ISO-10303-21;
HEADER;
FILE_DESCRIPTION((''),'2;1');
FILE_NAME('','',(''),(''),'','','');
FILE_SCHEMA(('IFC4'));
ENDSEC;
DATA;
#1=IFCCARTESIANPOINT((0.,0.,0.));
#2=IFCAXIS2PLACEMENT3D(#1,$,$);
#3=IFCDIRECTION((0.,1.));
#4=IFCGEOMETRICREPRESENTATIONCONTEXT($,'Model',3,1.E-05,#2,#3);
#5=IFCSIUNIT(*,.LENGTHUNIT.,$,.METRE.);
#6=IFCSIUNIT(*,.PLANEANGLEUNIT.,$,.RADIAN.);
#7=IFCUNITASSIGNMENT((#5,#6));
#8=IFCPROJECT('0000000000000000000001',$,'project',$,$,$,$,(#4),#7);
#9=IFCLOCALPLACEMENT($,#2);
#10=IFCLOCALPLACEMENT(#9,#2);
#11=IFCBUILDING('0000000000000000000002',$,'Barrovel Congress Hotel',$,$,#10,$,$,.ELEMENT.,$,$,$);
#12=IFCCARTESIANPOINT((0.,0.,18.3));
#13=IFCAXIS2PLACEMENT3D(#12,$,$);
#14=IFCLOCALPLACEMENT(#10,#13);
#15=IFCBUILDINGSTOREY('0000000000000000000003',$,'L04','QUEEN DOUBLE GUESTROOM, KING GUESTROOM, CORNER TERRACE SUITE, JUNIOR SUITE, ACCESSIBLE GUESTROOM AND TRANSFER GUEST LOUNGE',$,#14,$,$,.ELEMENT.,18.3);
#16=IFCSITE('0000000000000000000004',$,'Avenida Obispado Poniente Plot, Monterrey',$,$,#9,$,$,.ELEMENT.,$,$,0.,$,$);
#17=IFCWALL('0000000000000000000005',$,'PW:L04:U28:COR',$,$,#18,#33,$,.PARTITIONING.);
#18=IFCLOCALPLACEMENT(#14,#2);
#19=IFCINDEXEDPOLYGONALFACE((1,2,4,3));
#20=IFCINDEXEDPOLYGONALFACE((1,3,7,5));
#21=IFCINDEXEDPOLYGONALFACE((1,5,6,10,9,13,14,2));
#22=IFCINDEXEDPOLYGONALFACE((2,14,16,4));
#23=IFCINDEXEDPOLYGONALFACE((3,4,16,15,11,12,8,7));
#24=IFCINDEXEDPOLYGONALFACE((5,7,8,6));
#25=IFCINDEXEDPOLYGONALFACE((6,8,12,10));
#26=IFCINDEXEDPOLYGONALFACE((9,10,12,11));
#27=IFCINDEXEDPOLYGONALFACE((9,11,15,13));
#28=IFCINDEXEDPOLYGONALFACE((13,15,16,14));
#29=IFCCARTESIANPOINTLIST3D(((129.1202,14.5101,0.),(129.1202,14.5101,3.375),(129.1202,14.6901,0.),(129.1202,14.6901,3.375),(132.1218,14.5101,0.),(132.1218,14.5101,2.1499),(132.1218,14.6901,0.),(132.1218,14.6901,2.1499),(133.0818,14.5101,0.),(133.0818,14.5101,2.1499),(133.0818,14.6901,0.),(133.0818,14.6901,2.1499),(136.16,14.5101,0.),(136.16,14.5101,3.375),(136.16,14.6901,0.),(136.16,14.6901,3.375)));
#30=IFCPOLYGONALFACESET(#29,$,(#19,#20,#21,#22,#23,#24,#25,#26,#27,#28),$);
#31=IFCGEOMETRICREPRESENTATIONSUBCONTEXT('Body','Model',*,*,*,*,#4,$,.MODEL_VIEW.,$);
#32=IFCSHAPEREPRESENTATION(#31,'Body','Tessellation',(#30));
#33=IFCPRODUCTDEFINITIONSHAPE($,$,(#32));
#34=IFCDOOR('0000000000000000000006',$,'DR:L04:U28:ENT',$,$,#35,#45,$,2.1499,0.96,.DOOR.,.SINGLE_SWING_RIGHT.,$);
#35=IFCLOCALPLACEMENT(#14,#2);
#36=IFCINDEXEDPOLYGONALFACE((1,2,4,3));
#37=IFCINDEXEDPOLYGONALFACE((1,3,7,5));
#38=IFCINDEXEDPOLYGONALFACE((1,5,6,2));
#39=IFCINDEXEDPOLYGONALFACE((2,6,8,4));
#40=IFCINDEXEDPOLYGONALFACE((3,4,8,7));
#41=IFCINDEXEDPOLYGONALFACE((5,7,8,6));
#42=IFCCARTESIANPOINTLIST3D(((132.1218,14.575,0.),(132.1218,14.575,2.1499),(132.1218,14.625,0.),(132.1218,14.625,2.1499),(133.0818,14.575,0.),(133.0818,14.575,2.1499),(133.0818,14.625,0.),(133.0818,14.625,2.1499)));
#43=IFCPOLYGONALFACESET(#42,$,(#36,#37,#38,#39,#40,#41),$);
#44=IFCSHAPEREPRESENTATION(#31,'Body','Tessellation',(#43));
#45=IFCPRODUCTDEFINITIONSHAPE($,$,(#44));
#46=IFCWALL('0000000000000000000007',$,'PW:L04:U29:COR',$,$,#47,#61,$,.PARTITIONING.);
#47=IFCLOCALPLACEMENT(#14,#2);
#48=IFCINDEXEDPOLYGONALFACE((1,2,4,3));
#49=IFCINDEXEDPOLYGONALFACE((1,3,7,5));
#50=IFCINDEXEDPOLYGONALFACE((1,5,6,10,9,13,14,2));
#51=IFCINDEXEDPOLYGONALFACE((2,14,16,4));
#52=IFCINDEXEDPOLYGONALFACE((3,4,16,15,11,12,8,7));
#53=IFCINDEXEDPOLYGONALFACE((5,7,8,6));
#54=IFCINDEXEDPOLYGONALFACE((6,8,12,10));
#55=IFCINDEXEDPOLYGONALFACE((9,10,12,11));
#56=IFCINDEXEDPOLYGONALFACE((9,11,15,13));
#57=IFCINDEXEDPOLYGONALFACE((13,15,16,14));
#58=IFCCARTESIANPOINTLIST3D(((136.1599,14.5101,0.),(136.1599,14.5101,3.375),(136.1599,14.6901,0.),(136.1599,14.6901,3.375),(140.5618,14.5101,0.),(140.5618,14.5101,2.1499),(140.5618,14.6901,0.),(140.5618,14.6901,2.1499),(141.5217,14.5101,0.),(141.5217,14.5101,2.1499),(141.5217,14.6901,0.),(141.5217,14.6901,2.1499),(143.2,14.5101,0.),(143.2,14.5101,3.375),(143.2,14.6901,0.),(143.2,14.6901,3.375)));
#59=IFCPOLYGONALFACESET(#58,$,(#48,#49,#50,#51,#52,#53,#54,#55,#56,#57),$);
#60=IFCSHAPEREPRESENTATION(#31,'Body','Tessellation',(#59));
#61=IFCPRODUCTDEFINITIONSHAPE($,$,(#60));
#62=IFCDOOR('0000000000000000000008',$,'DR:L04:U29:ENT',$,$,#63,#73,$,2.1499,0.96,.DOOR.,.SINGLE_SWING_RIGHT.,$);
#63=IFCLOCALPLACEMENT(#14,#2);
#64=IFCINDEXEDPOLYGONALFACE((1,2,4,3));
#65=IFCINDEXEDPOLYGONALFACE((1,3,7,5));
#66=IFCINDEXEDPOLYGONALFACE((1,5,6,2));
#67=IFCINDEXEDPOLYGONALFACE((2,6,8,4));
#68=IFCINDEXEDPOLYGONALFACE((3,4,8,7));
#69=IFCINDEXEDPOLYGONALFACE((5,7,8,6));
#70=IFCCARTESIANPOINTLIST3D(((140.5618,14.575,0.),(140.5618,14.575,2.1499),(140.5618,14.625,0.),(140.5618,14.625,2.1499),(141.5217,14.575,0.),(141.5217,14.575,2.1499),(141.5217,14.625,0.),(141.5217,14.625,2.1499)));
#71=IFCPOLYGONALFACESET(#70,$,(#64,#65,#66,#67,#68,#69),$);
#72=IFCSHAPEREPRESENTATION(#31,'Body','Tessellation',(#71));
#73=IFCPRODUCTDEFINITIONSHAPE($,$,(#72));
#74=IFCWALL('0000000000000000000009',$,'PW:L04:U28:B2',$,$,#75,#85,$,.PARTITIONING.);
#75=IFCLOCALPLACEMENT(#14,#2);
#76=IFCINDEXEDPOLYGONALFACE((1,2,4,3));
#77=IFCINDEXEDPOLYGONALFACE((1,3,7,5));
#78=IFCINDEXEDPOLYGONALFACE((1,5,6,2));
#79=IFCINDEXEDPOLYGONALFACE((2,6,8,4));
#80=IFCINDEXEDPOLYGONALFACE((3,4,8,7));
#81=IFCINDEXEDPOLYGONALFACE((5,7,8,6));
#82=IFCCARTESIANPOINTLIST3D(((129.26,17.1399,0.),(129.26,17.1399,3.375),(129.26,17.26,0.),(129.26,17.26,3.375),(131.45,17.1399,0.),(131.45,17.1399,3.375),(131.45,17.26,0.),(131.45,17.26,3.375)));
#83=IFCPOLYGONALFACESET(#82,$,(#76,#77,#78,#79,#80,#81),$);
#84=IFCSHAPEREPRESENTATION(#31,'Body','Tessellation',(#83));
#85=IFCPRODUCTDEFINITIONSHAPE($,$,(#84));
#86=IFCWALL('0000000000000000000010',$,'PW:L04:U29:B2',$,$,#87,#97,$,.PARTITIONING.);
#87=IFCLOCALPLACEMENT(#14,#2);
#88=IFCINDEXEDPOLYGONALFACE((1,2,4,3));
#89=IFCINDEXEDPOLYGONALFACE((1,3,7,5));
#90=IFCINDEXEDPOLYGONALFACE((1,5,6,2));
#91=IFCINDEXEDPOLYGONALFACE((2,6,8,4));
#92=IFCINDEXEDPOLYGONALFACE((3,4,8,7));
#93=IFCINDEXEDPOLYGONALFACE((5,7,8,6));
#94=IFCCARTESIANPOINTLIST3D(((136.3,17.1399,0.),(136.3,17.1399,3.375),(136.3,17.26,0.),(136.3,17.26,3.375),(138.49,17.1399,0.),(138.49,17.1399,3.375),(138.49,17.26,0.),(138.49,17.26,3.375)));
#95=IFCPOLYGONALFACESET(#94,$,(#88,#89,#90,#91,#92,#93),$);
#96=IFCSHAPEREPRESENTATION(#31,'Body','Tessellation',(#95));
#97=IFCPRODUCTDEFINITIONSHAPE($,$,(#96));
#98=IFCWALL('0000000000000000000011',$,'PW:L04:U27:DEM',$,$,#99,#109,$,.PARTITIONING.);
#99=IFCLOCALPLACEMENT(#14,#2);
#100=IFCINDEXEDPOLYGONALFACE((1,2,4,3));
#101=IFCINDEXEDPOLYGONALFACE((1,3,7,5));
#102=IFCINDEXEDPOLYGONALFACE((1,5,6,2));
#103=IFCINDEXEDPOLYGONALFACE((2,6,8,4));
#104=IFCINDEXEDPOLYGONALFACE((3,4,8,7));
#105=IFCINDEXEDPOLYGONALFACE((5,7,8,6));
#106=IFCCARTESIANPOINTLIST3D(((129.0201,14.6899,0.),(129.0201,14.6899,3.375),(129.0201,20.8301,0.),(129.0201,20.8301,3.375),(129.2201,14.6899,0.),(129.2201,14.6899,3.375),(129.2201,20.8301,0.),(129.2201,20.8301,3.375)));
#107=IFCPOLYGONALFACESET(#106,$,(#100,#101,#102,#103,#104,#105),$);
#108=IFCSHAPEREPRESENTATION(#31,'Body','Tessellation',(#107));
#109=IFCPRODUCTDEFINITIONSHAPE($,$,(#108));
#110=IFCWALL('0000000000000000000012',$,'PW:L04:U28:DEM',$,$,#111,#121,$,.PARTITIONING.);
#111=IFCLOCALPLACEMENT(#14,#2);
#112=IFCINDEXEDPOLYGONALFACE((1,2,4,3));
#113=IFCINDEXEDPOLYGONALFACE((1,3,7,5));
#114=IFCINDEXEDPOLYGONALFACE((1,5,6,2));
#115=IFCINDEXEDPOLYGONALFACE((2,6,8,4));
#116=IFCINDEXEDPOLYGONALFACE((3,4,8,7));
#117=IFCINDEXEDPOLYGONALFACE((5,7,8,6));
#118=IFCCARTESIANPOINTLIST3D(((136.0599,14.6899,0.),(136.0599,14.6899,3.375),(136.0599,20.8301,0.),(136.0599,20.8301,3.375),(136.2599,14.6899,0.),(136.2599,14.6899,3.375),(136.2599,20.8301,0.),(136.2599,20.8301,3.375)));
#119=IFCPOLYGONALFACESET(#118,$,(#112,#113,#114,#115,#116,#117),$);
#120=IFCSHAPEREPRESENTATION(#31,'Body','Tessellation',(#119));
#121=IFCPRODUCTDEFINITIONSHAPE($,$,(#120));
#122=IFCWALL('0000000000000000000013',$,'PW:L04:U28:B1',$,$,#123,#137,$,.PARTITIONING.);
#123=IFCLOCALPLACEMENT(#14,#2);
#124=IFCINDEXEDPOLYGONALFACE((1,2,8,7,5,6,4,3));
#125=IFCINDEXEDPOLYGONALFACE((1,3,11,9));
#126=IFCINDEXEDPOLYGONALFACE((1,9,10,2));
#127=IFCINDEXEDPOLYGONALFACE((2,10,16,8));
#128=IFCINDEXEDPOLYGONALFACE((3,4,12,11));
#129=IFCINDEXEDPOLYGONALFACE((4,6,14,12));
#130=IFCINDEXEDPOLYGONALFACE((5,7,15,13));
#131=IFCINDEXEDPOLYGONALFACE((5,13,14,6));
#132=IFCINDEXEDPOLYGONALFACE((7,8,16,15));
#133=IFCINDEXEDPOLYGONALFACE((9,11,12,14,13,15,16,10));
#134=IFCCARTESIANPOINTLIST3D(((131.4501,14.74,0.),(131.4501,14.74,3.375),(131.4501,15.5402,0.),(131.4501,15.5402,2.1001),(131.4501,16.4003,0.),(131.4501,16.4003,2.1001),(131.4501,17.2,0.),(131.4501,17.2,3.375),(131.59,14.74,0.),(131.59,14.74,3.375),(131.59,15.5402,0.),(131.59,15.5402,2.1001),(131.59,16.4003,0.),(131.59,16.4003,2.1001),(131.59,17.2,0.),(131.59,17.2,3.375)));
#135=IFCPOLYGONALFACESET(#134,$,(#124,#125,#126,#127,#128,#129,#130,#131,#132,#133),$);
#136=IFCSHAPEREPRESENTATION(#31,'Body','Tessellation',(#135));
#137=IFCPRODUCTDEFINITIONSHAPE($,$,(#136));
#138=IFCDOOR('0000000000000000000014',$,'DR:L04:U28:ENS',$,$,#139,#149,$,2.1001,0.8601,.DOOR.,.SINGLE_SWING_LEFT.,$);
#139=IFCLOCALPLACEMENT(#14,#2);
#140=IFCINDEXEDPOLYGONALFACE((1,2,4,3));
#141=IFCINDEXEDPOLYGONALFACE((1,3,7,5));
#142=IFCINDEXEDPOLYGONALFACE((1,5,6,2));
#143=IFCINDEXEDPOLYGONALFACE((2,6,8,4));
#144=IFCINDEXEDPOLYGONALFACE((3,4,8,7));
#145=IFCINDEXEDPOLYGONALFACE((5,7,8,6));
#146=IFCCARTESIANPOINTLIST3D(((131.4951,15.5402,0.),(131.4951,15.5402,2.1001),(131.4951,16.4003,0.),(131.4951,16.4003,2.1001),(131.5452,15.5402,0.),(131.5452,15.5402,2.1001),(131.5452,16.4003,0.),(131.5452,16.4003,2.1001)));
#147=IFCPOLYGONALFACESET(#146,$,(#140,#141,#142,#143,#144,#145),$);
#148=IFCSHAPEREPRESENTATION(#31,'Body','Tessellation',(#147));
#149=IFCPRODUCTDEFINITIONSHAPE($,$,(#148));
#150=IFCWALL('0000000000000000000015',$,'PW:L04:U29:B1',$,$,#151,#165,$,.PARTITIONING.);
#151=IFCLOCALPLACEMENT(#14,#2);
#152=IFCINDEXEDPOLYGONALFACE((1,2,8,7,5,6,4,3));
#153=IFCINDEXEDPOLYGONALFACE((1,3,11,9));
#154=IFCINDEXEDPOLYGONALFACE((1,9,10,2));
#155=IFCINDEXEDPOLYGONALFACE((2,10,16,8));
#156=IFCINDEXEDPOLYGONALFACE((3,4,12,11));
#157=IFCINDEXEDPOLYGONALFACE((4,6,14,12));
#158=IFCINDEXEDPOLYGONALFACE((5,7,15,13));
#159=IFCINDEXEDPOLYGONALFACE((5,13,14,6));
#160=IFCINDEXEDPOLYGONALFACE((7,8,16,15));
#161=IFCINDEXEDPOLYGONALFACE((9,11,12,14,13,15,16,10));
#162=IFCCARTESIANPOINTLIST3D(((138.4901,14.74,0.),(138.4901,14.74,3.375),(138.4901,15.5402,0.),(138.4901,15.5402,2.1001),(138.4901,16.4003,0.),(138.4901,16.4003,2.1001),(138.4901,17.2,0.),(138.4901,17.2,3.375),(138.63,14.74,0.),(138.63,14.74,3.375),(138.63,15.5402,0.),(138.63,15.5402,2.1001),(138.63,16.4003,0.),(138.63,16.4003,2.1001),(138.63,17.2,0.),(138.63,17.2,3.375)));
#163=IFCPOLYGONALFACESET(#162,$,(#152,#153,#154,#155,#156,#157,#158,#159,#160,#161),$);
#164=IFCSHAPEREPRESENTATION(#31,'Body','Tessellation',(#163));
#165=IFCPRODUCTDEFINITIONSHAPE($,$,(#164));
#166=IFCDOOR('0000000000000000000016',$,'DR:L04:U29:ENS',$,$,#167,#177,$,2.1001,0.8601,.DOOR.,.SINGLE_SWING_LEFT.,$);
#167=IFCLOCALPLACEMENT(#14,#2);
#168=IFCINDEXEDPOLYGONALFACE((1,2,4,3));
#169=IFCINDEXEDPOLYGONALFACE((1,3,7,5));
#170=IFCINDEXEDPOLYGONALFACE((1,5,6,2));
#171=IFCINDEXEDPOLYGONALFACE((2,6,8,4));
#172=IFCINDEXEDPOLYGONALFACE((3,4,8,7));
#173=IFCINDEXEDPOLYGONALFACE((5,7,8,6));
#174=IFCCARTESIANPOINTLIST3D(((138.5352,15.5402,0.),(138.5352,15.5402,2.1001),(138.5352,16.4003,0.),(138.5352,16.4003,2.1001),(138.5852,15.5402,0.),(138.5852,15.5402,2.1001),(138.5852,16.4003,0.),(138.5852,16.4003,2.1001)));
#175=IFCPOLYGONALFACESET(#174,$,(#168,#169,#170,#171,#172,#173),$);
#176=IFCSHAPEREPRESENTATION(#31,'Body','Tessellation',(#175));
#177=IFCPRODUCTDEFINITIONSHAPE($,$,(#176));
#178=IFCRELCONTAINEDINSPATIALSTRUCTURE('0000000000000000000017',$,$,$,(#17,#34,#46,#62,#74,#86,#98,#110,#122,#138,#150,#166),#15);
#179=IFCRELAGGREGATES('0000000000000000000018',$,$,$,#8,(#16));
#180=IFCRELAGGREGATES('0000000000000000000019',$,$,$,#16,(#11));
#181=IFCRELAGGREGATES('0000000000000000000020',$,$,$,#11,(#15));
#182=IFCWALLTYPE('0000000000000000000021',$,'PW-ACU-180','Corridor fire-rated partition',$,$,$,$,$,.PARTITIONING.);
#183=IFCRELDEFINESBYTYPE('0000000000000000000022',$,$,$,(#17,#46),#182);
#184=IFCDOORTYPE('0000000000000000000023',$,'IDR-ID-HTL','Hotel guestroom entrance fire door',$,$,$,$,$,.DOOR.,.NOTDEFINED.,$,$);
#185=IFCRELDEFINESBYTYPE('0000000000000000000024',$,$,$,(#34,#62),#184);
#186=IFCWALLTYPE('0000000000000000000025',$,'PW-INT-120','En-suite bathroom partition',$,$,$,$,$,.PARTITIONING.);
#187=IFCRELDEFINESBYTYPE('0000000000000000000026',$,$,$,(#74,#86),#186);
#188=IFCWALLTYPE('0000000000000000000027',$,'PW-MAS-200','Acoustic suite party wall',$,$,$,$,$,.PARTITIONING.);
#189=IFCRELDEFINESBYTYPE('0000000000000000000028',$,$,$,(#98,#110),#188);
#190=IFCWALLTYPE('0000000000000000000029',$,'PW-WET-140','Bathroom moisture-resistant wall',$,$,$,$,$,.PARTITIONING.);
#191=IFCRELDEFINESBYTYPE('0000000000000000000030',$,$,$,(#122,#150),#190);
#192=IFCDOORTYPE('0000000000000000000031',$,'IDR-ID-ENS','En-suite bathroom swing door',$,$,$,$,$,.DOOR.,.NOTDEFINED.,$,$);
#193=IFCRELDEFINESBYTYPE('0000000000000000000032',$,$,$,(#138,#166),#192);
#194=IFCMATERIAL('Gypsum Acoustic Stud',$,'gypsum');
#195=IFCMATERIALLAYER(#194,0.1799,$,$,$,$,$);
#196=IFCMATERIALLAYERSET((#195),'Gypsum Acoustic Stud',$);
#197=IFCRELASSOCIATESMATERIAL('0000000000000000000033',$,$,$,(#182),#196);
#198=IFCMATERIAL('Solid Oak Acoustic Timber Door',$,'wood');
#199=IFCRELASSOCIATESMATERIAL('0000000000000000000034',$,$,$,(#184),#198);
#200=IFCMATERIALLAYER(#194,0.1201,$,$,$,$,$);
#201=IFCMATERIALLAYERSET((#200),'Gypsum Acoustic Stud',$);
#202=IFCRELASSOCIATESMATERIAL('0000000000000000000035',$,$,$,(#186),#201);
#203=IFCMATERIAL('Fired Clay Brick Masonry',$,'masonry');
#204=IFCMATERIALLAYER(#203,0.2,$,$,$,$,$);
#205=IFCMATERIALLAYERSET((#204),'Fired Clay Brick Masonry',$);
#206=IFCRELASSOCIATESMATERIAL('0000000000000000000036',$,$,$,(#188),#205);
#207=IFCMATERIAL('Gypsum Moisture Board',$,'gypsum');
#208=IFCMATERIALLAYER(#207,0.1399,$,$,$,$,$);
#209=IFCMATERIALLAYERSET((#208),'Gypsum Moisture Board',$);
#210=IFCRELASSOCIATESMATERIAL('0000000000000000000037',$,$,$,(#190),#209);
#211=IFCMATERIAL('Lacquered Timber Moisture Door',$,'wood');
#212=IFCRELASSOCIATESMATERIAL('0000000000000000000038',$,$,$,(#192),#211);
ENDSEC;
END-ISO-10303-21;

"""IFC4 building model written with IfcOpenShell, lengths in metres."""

from ifc_helpers import new_model, si_unit, direction, frame, frame_2d, origin, place, context, subcontext, project, spatial, rectangle, extrude, material, layer, layer_set, type_object, element, fill, save


model = new_model("IFC4")

# Units and contexts
model_context = context("Model", 3, precision=1e-05, world=origin(), true_north=direction((0.0, 1.0)))
body_context = subcontext(model_context, "Body", "Model", "MODEL_VIEW")
ifc_project = project(units=[si_unit("LENGTHUNIT", "METRE"), si_unit("PLANEANGLEUNIT", "RADIAN")], contexts=[model_context])

# Site, building, storey
site_placement = place(None, origin())
site = spatial("IfcSite", under=ifc_project, at=site_placement, Name="Avenida Obispado Poniente Plot, Monterrey", CompositionType="ELEMENT", RefElevation=0.0)
building_placement = place(site_placement, origin())
building = spatial("IfcBuilding", under=site, at=building_placement, Name="Barrovel Congress Hotel", CompositionType="ELEMENT")
storey_placement = place(building_placement, frame((0.0, 0.0, 18.3)))
storey = spatial("IfcBuildingStorey", under=building, at=storey_placement, Name="L04", Description="QUEEN DOUBLE GUESTROOM, KING GUESTROOM, CORNER TERRACE SUITE, JUNIOR SUITE, ACCESSIBLE GUESTROOM AND TRANSFER GUEST LOUNGE", CompositionType="ELEMENT", Elevation=18.3)

# Shared definitions
ifc_material_1 = material(Name="Fired Clay Brick Masonry", Category="masonry")

# Walls, openings, doors
ifc_material_2 = material(Name="Gypsum Acoustic Stud", Category="gypsum")
ifc_layer_1 = layer(ifc_material_2, 0.1799)
ifc_layer_set_1 = layer_set([ifc_layer_1], Name="Gypsum Acoustic Stud")
wall_type_1 = type_object("IfcWallType", Name="PW-ACU-180", Description="Corridor fire-rated partition", PredefinedType="PARTITIONING", material=ifc_layer_set_1)
wall_1_placement = place(storey_placement, frame((129.1201, 14.6001, 0.0), z_axis=(0.0, 0.0, 1.0), x_axis=(1.0, 0.0, 0.0)))
wall_1 = element("IfcWall", 1, at=wall_1_placement, inside=storey, type_object=wall_type_1, Name="PW:L04:U28:COR", PredefinedType="PARTITIONING", context=body_context, shape_type="SweptSolid", body=[
    extrude(rectangle(XDim=7.0398, YDim=0.1799, at=frame_2d((3.52, 0.0))), origin(), (0.0, 0.0, 1.0), 3.375),
])
opening_1_placement = place(wall_1_placement, frame((3.0017, 0.0, 0.0)))
opening_1 = element("IfcOpeningElement", 2, at=opening_1_placement, cuts=wall_1, PredefinedType="OPENING", context=body_context, shape_type="SweptSolid", body=[
    extrude(rectangle(XDim=0.96, YDim=2.1499, at=frame_2d((0.48, 1.075))), frame((0.0, 0.1001, 0.0), z_axis=(0.0, -1.0, 0.0), x_axis=(1.0, 0.0, 0.0)), (0.0, 0.0, 1.0), 0.2),
])
ifc_material_3 = material(Name="Solid Oak Acoustic Timber Door", Category="wood")
door_type_1 = type_object("IfcDoorType", Name="IDR-ID-HTL", Description="Hotel guestroom entrance fire door", OperationType="NOTDEFINED", PredefinedType="DOOR", material=ifc_material_3)
door_1_placement = place(opening_1_placement, origin())
door_1 = element("IfcDoor", 3, at=door_1_placement, inside=storey, type_object=door_type_1, Name="DR:L04:U28:ENT", OperationType="SINGLE_SWING_RIGHT", OverallHeight=2.1499, OverallWidth=0.96, PredefinedType="DOOR", context=body_context, shape_type="SweptSolid", body=[
    extrude(rectangle(XDim=0.96, YDim=2.1499, at=frame_2d((0.48, 1.075))), frame((0.0, 0.0249, 0.0), z_axis=(0.0, -1.0, 0.0), x_axis=(1.0, 0.0, 0.0)), (0.0, 0.0, 1.0), 0.05),
])
fill(opening_1, door_1)
wall_2_placement = place(storey_placement, frame((136.1599, 14.6001, 0.0), z_axis=(0.0, 0.0, 1.0), x_axis=(1.0, 0.0, 0.0)))
wall_2 = element("IfcWall", 4, at=wall_2_placement, inside=storey, type_object=wall_type_1, Name="PW:L04:U29:COR", PredefinedType="PARTITIONING", context=body_context, shape_type="SweptSolid", body=[
    extrude(rectangle(XDim=7.04, YDim=0.1799, at=frame_2d((3.52, 0.0))), origin(), (0.0, 0.0, 1.0), 3.375),
])
opening_2_placement = place(wall_2_placement, frame((4.4019, 0.0, 0.0)))
opening_2 = element("IfcOpeningElement", 5, at=opening_2_placement, cuts=wall_2, PredefinedType="OPENING", context=body_context, shape_type="SweptSolid", body=[
    extrude(rectangle(XDim=0.96, YDim=2.1499, at=frame_2d((0.48, 1.075))), frame((0.0, 0.1001, 0.0), z_axis=(0.0, -1.0, 0.0), x_axis=(1.0, 0.0, 0.0)), (0.0, 0.0, 1.0), 0.2),
])
door_2_placement = place(opening_2_placement, origin())
door_2 = element("IfcDoor", 6, at=door_2_placement, inside=storey, type_object=door_type_1, Name="DR:L04:U29:ENT", OperationType="SINGLE_SWING_RIGHT", OverallHeight=2.1499, OverallWidth=0.96, PredefinedType="DOOR", context=body_context, shape_type="SweptSolid", body=[
    extrude(rectangle(XDim=0.96, YDim=2.1499, at=frame_2d((0.48, 1.075))), frame((0.0, 0.0249, 0.0), z_axis=(0.0, -1.0, 0.0), x_axis=(1.0, 0.0, 0.0)), (0.0, 0.0, 1.0), 0.05),
])
fill(opening_2, door_2)

# Walls
ifc_layer_2 = layer(ifc_material_2, 0.1201)
ifc_layer_set_2 = layer_set([ifc_layer_2], Name="Gypsum Acoustic Stud")
wall_type_2 = type_object("IfcWallType", Name="PW-INT-120", Description="En-suite bathroom partition", PredefinedType="PARTITIONING", material=ifc_layer_set_2)
for number, where, z_axis, x_axis, name in (
    (7, (129.26, 17.2, 0.0), (0.0, 0.0, 1.0), (1.0, 0.0, 0.0), "PW:L04:U28:B2"),
    (8, (136.3, 17.2, 0.0), (0.0, 0.0, 1.0), (1.0, 0.0, 0.0), "PW:L04:U29:B2"),
):
    element("IfcWall", number, at=place(storey_placement, frame(where, z_axis=z_axis, x_axis=x_axis)), inside=storey, type_object=wall_type_2, Name=name, PredefinedType="PARTITIONING", context=body_context, shape_type="SweptSolid", body=[
        extrude(rectangle(XDim=2.1899, YDim=0.1201, at=frame_2d((1.095, 0.0))), origin(), (0.0, 0.0, 1.0), 3.375),
    ])
ifc_layer_3 = layer(ifc_material_1, 0.2)
ifc_layer_set_3 = layer_set([ifc_layer_3], Name="Fired Clay Brick Masonry")
wall_type_3 = type_object("IfcWallType", Name="PW-MAS-200", Description="Acoustic suite party wall", PredefinedType="PARTITIONING", material=ifc_layer_set_3)
for number, where, z_axis, x_axis, name in (
    (9, (129.1201, 14.6899, 0.0), (0.0, 0.0, 1.0), (0.0, 1.0, 0.0), "PW:L04:U27:DEM"),
    (10, (136.1599, 14.6899, 0.0), (0.0, 0.0, 1.0), (0.0, 1.0, 0.0), "PW:L04:U28:DEM"),
):
    element("IfcWall", number, at=place(storey_placement, frame(where, z_axis=z_axis, x_axis=x_axis)), inside=storey, type_object=wall_type_3, Name=name, PredefinedType="PARTITIONING", context=body_context, shape_type="SweptSolid", body=[
        extrude(rectangle(XDim=6.1401, YDim=0.2, at=frame_2d((3.0701, 0.0))), origin(), (0.0, 0.0, 1.0), 3.375),
    ])

# Walls, openings, doors
ifc_material_4 = material(Name="Gypsum Moisture Board", Category="gypsum")
ifc_layer_4 = layer(ifc_material_4, 0.1399)
ifc_layer_set_4 = layer_set([ifc_layer_4], Name="Gypsum Moisture Board")
wall_type_4 = type_object("IfcWallType", Name="PW-WET-140", Description="Bathroom moisture-resistant wall", PredefinedType="PARTITIONING", material=ifc_layer_set_4)
wall_3_placement = place(storey_placement, frame((131.52, 14.74, 0.0), z_axis=(0.0, 0.0, 1.0), x_axis=(0.0, 1.0, 0.0)))
wall_3 = element("IfcWall", 11, at=wall_3_placement, inside=storey, type_object=wall_type_4, Name="PW:L04:U28:B1", PredefinedType="PARTITIONING", context=body_context, shape_type="SweptSolid", body=[
    extrude(rectangle(XDim=2.46, YDim=0.1399, at=frame_2d((1.23, 0.0))), origin(), (0.0, 0.0, 1.0), 3.375),
])
opening_3_placement = place(wall_3_placement, frame((0.8, 0.0, 0.0)))
opening_3 = element("IfcOpeningElement", 12, at=opening_3_placement, cuts=wall_3, PredefinedType="OPENING", context=body_context, shape_type="SweptSolid", body=[
    extrude(rectangle(XDim=0.8601, YDim=2.1001, at=frame_2d((0.4302, 1.05))), frame((0.0, 0.0801, 0.0), z_axis=(0.0, -1.0, 0.0), x_axis=(1.0, 0.0, 0.0)), (0.0, 0.0, 1.0), 0.1599),
])
ifc_material_5 = material(Name="Lacquered Timber Moisture Door", Category="wood")
door_type_2 = type_object("IfcDoorType", Name="IDR-ID-ENS", Description="En-suite bathroom swing door", OperationType="NOTDEFINED", PredefinedType="DOOR", material=ifc_material_5)
door_3_placement = place(opening_3_placement, origin())
door_3 = element("IfcDoor", 13, at=door_3_placement, inside=storey, type_object=door_type_2, Name="DR:L04:U28:ENS", OperationType="SINGLE_SWING_LEFT", OverallHeight=2.1001, OverallWidth=0.8601, PredefinedType="DOOR", context=body_context, shape_type="SweptSolid", body=[
    extrude(rectangle(XDim=0.8601, YDim=2.1001, at=frame_2d((0.4302, 1.05))), frame((0.0, 0.0249, 0.0), z_axis=(0.0, -1.0, 0.0), x_axis=(1.0, 0.0, 0.0)), (0.0, 0.0, 1.0), 0.05),
])
fill(opening_3, door_3)
wall_4_placement = place(storey_placement, frame((138.5601, 14.74, 0.0), z_axis=(0.0, 0.0, 1.0), x_axis=(0.0, 1.0, 0.0)))
wall_4 = element("IfcWall", 14, at=wall_4_placement, inside=storey, type_object=wall_type_4, Name="PW:L04:U29:B1", PredefinedType="PARTITIONING", context=body_context, shape_type="SweptSolid", body=[
    extrude(rectangle(XDim=2.46, YDim=0.1399, at=frame_2d((1.23, 0.0))), origin(), (0.0, 0.0, 1.0), 3.375),
])
opening_4_placement = place(wall_4_placement, frame((0.8, 0.0, 0.0)))
opening_4 = element("IfcOpeningElement", 15, at=opening_4_placement, cuts=wall_4, PredefinedType="OPENING", context=body_context, shape_type="SweptSolid", body=[
    extrude(rectangle(XDim=0.8601, YDim=2.1001, at=frame_2d((0.4302, 1.05))), frame((0.0, 0.0801, 0.0), z_axis=(0.0, -1.0, 0.0), x_axis=(1.0, 0.0, 0.0)), (0.0, 0.0, 1.0), 0.1599),
])
door_4_placement = place(opening_4_placement, origin())
door_4 = element("IfcDoor", 16, at=door_4_placement, inside=storey, type_object=door_type_2, Name="DR:L04:U29:ENS", OperationType="SINGLE_SWING_LEFT", OverallHeight=2.1001, OverallWidth=0.8601, PredefinedType="DOOR", context=body_context, shape_type="SweptSolid", body=[
    extrude(rectangle(XDim=0.8601, YDim=2.1001, at=frame_2d((0.4302, 1.05))), frame((0.0, 0.0249, 0.0), z_axis=(0.0, -1.0, 0.0), x_axis=(1.0, 0.0, 0.0)), (0.0, 0.0, 1.0), 0.05),
])
fill(opening_4, door_4)

save(model, "model.ifc")
